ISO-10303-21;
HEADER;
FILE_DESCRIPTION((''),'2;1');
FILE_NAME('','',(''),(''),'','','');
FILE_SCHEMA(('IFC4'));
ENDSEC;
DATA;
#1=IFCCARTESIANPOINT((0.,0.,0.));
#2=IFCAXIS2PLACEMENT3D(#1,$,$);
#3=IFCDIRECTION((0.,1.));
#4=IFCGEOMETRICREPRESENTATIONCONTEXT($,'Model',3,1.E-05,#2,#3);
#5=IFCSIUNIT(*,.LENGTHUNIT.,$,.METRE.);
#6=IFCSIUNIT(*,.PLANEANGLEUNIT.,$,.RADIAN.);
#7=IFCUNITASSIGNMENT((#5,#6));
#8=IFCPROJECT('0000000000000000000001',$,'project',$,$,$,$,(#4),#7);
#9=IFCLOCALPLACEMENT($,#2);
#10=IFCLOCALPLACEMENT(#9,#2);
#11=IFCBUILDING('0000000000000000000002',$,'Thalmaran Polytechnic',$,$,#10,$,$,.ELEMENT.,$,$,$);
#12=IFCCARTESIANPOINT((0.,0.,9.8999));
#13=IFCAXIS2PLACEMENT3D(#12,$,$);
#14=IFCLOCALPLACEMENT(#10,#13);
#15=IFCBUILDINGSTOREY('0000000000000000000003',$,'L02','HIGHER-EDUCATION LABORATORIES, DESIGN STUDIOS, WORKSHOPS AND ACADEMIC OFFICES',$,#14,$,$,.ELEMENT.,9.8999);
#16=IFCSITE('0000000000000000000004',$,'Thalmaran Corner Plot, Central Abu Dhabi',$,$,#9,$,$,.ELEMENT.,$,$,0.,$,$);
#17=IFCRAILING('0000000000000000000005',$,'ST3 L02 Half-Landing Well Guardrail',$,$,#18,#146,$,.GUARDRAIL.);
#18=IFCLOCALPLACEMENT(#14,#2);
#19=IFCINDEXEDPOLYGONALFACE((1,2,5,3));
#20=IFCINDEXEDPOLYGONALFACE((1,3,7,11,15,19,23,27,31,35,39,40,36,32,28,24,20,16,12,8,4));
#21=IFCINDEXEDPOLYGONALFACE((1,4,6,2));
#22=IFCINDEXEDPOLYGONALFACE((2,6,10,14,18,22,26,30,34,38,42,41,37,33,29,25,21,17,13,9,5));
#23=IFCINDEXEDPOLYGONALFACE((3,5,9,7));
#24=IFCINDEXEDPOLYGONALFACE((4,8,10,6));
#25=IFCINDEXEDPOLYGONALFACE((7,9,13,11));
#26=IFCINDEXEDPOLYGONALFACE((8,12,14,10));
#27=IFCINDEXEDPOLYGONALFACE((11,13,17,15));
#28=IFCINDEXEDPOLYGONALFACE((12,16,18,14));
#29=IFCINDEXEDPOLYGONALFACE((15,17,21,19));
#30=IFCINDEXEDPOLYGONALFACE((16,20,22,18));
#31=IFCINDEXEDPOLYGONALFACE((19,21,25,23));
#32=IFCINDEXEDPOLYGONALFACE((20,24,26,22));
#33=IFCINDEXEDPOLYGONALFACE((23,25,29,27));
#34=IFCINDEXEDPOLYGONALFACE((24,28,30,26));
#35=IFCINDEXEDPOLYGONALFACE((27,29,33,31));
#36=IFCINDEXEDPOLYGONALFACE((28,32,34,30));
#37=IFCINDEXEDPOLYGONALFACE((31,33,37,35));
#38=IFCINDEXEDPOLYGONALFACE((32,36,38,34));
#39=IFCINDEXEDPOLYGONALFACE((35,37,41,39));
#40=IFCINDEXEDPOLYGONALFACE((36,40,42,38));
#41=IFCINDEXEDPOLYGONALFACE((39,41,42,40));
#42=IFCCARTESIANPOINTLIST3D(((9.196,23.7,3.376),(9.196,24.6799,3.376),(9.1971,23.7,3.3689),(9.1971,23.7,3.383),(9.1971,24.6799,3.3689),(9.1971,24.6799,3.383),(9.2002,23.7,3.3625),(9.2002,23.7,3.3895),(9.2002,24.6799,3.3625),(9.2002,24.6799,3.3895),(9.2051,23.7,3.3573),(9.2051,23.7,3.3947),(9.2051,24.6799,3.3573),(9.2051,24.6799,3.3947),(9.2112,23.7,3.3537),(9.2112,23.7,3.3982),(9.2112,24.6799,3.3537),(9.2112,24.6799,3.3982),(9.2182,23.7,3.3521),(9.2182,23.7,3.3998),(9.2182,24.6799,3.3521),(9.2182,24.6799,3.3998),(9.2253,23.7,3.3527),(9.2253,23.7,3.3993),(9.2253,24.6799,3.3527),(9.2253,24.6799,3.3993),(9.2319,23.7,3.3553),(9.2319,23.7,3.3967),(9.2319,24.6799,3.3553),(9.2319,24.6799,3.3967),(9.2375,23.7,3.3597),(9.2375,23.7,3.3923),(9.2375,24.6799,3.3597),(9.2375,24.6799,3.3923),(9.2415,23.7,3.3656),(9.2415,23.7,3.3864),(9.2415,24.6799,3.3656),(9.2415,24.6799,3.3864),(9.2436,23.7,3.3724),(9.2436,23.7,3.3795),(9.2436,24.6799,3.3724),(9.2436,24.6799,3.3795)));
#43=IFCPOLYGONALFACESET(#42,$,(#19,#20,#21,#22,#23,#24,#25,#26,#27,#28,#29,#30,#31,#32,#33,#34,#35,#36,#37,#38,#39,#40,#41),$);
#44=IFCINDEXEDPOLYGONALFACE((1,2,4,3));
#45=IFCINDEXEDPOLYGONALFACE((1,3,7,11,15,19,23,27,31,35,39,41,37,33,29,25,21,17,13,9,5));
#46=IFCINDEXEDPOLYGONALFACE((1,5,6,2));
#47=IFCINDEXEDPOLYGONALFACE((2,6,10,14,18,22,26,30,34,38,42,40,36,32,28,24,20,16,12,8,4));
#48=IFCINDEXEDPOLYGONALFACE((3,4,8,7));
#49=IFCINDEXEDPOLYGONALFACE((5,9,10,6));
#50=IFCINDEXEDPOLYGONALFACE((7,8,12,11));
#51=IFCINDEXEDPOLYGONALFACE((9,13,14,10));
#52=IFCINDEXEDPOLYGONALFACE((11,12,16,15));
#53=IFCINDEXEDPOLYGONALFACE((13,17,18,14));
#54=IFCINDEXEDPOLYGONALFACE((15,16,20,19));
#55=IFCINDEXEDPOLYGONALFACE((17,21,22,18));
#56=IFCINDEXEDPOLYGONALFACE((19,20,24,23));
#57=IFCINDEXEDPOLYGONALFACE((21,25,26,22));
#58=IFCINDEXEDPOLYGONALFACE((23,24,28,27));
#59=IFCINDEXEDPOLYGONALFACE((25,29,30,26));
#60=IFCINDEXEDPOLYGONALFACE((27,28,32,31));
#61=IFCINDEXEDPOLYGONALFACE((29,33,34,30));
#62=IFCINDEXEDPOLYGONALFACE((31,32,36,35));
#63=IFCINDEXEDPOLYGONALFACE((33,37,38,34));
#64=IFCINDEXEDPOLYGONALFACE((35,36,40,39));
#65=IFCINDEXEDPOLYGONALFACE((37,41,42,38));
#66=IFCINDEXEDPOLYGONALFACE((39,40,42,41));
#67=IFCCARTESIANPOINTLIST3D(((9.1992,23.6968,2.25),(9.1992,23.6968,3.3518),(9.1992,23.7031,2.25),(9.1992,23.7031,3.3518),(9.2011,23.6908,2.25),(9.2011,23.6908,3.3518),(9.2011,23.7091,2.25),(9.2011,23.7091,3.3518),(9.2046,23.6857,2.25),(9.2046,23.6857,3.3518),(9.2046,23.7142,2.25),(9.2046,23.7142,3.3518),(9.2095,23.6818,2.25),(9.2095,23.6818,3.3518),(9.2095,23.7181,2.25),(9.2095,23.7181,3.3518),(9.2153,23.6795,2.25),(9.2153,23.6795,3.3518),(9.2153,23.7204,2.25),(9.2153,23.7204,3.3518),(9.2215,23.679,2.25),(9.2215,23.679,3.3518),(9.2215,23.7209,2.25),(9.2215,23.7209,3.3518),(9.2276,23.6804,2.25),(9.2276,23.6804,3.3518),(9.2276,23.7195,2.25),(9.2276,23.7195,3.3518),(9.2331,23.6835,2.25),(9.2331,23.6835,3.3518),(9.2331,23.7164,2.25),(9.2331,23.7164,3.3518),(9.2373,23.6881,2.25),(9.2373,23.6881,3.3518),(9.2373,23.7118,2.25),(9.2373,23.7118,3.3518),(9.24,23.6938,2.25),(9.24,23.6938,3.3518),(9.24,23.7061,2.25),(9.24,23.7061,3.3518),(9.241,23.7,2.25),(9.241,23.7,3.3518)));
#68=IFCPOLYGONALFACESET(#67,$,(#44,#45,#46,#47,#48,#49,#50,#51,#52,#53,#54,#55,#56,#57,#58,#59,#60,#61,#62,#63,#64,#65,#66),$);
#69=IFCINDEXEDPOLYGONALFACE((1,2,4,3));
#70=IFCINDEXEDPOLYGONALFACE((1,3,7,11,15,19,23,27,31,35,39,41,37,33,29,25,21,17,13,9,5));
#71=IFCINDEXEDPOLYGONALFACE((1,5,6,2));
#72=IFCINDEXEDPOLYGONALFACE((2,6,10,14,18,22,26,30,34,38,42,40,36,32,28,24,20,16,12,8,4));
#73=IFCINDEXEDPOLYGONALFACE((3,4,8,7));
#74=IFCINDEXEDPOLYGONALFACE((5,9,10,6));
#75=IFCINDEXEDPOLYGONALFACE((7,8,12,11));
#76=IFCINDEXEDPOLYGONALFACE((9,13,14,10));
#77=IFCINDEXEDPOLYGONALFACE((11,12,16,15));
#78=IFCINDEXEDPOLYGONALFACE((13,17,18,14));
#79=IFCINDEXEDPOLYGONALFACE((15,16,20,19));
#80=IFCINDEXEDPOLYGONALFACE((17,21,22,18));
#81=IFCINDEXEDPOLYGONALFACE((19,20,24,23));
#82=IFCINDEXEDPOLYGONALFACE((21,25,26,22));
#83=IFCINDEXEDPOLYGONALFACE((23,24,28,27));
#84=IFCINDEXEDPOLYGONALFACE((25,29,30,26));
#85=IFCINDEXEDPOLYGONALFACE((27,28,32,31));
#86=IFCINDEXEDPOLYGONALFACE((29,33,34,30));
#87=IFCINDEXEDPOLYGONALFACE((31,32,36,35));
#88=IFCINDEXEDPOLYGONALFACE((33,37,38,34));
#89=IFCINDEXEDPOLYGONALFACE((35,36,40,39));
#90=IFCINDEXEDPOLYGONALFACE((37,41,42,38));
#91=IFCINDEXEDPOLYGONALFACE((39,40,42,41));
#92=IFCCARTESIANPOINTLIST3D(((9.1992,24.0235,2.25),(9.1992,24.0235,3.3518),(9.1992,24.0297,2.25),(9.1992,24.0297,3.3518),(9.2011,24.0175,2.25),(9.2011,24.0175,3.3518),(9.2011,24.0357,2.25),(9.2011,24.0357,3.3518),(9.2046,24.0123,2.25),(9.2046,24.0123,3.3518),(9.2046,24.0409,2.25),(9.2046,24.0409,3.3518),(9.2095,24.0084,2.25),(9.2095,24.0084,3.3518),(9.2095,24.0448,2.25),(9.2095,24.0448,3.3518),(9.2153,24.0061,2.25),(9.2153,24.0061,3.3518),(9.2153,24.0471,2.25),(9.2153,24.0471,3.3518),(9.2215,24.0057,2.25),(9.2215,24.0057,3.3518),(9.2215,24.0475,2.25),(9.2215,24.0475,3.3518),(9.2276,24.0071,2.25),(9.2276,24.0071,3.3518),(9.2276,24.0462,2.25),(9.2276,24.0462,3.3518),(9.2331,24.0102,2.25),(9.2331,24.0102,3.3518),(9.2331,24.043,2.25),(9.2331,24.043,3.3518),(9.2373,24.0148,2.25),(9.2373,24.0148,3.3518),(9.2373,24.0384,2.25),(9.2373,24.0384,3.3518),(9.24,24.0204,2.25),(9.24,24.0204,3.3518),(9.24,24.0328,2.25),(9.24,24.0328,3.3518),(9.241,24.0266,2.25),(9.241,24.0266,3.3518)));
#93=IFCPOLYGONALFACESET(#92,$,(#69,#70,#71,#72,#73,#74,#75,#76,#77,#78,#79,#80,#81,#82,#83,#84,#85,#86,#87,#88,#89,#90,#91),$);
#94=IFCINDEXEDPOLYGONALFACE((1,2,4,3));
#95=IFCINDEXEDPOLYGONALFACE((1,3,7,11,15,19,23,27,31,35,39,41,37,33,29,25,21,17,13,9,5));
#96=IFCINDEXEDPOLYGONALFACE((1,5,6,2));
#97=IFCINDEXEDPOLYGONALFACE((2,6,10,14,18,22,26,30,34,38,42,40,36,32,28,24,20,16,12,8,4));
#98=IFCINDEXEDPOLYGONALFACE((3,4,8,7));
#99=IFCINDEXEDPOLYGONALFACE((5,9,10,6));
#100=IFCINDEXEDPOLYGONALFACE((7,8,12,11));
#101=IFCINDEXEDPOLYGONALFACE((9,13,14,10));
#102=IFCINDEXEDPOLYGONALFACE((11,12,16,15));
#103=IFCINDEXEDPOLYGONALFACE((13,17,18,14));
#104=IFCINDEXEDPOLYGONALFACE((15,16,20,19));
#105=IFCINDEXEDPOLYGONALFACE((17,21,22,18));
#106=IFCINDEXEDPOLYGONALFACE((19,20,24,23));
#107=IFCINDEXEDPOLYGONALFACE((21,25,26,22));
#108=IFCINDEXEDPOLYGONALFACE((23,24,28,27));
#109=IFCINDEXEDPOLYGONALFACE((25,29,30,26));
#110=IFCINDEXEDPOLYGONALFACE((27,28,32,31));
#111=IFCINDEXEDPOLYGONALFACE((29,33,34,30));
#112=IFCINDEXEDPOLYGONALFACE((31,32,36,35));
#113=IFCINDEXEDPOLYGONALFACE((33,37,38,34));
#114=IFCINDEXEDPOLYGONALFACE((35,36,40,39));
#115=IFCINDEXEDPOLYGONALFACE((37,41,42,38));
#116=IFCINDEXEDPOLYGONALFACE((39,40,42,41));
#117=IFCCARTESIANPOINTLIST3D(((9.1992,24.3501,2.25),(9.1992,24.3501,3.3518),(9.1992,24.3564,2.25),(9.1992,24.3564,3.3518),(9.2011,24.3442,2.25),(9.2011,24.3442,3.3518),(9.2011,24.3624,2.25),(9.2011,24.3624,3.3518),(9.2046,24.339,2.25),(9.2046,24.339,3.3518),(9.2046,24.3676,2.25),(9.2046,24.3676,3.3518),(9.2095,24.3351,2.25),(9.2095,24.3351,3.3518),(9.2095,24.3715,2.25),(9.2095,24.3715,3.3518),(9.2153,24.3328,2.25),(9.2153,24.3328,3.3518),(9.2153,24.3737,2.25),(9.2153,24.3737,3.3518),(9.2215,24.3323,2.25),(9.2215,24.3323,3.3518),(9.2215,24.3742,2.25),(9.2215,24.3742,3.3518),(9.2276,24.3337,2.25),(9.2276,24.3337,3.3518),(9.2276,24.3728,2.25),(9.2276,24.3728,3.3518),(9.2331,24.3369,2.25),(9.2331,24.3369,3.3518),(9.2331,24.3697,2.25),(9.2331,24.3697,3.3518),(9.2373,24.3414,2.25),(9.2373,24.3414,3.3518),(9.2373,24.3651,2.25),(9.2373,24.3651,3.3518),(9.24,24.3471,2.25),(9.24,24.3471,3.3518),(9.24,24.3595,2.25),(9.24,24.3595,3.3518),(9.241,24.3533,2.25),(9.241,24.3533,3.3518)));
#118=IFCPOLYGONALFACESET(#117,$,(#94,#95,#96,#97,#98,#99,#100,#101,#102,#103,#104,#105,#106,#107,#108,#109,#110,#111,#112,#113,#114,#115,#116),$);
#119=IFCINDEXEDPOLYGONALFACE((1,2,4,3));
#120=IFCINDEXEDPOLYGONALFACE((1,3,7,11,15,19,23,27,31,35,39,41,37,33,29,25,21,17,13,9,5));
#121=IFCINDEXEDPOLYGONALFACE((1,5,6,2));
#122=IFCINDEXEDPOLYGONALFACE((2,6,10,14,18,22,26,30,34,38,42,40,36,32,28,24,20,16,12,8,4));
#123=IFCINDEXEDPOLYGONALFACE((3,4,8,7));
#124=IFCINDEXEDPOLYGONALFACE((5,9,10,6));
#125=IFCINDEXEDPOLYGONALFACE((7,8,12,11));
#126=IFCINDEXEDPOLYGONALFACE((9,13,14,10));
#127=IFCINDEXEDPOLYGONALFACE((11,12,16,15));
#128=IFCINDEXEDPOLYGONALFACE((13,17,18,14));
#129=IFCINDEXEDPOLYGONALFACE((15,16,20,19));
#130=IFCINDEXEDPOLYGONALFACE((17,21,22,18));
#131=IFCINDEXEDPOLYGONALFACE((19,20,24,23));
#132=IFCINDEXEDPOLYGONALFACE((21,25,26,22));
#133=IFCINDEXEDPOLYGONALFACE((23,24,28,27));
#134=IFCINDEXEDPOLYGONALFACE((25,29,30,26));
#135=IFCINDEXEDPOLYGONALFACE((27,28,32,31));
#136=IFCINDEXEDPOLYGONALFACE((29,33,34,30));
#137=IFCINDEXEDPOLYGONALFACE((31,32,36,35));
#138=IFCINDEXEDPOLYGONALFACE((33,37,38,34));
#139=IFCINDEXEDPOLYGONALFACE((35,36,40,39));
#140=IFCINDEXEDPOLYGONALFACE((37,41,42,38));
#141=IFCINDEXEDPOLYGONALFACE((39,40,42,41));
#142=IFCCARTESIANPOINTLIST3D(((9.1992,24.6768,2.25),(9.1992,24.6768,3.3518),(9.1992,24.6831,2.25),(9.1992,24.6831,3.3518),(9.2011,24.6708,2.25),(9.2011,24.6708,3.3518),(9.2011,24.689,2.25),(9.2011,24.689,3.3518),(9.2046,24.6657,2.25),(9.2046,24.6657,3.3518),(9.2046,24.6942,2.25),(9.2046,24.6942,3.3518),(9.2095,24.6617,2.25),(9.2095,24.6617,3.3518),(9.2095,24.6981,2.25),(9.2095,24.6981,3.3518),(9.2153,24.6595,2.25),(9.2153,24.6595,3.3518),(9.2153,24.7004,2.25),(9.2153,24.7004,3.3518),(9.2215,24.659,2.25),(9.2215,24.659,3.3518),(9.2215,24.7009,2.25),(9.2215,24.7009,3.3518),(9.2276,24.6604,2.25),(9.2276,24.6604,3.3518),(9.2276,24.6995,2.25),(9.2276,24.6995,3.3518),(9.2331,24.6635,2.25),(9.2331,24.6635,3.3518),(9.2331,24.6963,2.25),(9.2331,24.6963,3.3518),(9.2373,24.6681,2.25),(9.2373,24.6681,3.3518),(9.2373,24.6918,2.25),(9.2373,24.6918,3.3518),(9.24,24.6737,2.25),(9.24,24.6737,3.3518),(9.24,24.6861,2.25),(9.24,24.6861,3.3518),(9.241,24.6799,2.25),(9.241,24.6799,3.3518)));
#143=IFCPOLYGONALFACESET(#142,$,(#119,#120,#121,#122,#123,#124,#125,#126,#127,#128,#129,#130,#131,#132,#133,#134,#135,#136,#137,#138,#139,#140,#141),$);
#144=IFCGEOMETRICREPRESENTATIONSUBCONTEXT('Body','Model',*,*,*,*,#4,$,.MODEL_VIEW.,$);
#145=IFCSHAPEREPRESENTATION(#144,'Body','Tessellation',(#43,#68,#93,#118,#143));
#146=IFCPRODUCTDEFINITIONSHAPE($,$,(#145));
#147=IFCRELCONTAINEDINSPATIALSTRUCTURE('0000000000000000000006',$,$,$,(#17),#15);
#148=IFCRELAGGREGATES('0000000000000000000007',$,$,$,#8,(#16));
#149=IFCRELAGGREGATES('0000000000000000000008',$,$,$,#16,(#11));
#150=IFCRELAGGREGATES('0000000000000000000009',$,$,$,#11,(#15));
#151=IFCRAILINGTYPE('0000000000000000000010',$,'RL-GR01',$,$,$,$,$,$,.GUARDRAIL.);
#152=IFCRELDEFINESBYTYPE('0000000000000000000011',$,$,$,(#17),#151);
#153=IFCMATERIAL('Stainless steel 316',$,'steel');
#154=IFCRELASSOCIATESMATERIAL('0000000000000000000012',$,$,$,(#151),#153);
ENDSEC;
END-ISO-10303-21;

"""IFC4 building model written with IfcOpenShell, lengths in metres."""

from ifc_helpers import new_model, si_unit, direction, frame, origin, origin_2d, place, context, subcontext, project, spatial, circle, extrude, material, type_object, element, save


model = new_model("IFC4")

# Units and contexts
model_context = context("Model", 3, precision=1e-05, world=origin(), true_north=direction((0.0, 1.0)))
body_context = subcontext(model_context, "Body", "Model", "MODEL_VIEW")
ifc_project = project(units=[si_unit("LENGTHUNIT", "METRE"), si_unit("PLANEANGLEUNIT", "RADIAN")], contexts=[model_context])

# Site, building, storey
site_placement = place(None, origin())
site = spatial("IfcSite", under=ifc_project, at=site_placement, Name="Thalmaran Corner Plot, Central Abu Dhabi", CompositionType="ELEMENT", RefElevation=0.0)
building_placement = place(site_placement, origin())
building = spatial("IfcBuilding", under=site, at=building_placement, Name="Thalmaran Polytechnic", CompositionType="ELEMENT")
storey_placement = place(building_placement, frame((0.0, 0.0, 9.8999)))
storey = spatial("IfcBuildingStorey", under=building, at=storey_placement, Name="L02", Description="HIGHER-EDUCATION LABORATORIES, DESIGN STUDIOS, WORKSHOPS AND ACADEMIC OFFICES", CompositionType="ELEMENT", Elevation=9.8999)

# Railing
ifc_material_1 = material(Name="Stainless steel 316", Category="steel")
railing_type_1 = type_object("IfcRailingType", Name="RL-GR01", PredefinedType="GUARDRAIL", material=ifc_material_1)
railing_1_placement = place(storey_placement, frame((9.22, 23.7, 2.25)))
element("IfcRailing", 1, at=railing_1_placement, inside=storey, type_object=railing_type_1, Name="ST3 L02 Half-Landing Well Guardrail", PredefinedType="GUARDRAIL", context=body_context, shape_type="SweptSolid", body=[
    extrude(circle(Radius=0.0239, at=origin_2d()), frame((0.0, 0.0, 1.126), z_axis=(0.0, 1.0, 0.0), x_axis=(-1.0, 0.0, 0.0)), (0.0, 0.0, 1.0), 0.98),
    extrude(circle(Radius=0.021, at=origin_2d()), origin(), (0.0, 0.0, 1.0), 1.1018),
    extrude(circle(Radius=0.021, at=origin_2d()), frame((0.0, 0.3267, 0.0)), (0.0, 0.0, 1.0), 1.1018),
    extrude(circle(Radius=0.021, at=origin_2d()), frame((0.0, 0.6533, 0.0)), (0.0, 0.0, 1.0), 1.1018),
    extrude(circle(Radius=0.021, at=origin_2d()), frame((0.0, 0.98, 0.0)), (0.0, 0.0, 1.0), 1.1018),
])

save(model, "model.ifc")
